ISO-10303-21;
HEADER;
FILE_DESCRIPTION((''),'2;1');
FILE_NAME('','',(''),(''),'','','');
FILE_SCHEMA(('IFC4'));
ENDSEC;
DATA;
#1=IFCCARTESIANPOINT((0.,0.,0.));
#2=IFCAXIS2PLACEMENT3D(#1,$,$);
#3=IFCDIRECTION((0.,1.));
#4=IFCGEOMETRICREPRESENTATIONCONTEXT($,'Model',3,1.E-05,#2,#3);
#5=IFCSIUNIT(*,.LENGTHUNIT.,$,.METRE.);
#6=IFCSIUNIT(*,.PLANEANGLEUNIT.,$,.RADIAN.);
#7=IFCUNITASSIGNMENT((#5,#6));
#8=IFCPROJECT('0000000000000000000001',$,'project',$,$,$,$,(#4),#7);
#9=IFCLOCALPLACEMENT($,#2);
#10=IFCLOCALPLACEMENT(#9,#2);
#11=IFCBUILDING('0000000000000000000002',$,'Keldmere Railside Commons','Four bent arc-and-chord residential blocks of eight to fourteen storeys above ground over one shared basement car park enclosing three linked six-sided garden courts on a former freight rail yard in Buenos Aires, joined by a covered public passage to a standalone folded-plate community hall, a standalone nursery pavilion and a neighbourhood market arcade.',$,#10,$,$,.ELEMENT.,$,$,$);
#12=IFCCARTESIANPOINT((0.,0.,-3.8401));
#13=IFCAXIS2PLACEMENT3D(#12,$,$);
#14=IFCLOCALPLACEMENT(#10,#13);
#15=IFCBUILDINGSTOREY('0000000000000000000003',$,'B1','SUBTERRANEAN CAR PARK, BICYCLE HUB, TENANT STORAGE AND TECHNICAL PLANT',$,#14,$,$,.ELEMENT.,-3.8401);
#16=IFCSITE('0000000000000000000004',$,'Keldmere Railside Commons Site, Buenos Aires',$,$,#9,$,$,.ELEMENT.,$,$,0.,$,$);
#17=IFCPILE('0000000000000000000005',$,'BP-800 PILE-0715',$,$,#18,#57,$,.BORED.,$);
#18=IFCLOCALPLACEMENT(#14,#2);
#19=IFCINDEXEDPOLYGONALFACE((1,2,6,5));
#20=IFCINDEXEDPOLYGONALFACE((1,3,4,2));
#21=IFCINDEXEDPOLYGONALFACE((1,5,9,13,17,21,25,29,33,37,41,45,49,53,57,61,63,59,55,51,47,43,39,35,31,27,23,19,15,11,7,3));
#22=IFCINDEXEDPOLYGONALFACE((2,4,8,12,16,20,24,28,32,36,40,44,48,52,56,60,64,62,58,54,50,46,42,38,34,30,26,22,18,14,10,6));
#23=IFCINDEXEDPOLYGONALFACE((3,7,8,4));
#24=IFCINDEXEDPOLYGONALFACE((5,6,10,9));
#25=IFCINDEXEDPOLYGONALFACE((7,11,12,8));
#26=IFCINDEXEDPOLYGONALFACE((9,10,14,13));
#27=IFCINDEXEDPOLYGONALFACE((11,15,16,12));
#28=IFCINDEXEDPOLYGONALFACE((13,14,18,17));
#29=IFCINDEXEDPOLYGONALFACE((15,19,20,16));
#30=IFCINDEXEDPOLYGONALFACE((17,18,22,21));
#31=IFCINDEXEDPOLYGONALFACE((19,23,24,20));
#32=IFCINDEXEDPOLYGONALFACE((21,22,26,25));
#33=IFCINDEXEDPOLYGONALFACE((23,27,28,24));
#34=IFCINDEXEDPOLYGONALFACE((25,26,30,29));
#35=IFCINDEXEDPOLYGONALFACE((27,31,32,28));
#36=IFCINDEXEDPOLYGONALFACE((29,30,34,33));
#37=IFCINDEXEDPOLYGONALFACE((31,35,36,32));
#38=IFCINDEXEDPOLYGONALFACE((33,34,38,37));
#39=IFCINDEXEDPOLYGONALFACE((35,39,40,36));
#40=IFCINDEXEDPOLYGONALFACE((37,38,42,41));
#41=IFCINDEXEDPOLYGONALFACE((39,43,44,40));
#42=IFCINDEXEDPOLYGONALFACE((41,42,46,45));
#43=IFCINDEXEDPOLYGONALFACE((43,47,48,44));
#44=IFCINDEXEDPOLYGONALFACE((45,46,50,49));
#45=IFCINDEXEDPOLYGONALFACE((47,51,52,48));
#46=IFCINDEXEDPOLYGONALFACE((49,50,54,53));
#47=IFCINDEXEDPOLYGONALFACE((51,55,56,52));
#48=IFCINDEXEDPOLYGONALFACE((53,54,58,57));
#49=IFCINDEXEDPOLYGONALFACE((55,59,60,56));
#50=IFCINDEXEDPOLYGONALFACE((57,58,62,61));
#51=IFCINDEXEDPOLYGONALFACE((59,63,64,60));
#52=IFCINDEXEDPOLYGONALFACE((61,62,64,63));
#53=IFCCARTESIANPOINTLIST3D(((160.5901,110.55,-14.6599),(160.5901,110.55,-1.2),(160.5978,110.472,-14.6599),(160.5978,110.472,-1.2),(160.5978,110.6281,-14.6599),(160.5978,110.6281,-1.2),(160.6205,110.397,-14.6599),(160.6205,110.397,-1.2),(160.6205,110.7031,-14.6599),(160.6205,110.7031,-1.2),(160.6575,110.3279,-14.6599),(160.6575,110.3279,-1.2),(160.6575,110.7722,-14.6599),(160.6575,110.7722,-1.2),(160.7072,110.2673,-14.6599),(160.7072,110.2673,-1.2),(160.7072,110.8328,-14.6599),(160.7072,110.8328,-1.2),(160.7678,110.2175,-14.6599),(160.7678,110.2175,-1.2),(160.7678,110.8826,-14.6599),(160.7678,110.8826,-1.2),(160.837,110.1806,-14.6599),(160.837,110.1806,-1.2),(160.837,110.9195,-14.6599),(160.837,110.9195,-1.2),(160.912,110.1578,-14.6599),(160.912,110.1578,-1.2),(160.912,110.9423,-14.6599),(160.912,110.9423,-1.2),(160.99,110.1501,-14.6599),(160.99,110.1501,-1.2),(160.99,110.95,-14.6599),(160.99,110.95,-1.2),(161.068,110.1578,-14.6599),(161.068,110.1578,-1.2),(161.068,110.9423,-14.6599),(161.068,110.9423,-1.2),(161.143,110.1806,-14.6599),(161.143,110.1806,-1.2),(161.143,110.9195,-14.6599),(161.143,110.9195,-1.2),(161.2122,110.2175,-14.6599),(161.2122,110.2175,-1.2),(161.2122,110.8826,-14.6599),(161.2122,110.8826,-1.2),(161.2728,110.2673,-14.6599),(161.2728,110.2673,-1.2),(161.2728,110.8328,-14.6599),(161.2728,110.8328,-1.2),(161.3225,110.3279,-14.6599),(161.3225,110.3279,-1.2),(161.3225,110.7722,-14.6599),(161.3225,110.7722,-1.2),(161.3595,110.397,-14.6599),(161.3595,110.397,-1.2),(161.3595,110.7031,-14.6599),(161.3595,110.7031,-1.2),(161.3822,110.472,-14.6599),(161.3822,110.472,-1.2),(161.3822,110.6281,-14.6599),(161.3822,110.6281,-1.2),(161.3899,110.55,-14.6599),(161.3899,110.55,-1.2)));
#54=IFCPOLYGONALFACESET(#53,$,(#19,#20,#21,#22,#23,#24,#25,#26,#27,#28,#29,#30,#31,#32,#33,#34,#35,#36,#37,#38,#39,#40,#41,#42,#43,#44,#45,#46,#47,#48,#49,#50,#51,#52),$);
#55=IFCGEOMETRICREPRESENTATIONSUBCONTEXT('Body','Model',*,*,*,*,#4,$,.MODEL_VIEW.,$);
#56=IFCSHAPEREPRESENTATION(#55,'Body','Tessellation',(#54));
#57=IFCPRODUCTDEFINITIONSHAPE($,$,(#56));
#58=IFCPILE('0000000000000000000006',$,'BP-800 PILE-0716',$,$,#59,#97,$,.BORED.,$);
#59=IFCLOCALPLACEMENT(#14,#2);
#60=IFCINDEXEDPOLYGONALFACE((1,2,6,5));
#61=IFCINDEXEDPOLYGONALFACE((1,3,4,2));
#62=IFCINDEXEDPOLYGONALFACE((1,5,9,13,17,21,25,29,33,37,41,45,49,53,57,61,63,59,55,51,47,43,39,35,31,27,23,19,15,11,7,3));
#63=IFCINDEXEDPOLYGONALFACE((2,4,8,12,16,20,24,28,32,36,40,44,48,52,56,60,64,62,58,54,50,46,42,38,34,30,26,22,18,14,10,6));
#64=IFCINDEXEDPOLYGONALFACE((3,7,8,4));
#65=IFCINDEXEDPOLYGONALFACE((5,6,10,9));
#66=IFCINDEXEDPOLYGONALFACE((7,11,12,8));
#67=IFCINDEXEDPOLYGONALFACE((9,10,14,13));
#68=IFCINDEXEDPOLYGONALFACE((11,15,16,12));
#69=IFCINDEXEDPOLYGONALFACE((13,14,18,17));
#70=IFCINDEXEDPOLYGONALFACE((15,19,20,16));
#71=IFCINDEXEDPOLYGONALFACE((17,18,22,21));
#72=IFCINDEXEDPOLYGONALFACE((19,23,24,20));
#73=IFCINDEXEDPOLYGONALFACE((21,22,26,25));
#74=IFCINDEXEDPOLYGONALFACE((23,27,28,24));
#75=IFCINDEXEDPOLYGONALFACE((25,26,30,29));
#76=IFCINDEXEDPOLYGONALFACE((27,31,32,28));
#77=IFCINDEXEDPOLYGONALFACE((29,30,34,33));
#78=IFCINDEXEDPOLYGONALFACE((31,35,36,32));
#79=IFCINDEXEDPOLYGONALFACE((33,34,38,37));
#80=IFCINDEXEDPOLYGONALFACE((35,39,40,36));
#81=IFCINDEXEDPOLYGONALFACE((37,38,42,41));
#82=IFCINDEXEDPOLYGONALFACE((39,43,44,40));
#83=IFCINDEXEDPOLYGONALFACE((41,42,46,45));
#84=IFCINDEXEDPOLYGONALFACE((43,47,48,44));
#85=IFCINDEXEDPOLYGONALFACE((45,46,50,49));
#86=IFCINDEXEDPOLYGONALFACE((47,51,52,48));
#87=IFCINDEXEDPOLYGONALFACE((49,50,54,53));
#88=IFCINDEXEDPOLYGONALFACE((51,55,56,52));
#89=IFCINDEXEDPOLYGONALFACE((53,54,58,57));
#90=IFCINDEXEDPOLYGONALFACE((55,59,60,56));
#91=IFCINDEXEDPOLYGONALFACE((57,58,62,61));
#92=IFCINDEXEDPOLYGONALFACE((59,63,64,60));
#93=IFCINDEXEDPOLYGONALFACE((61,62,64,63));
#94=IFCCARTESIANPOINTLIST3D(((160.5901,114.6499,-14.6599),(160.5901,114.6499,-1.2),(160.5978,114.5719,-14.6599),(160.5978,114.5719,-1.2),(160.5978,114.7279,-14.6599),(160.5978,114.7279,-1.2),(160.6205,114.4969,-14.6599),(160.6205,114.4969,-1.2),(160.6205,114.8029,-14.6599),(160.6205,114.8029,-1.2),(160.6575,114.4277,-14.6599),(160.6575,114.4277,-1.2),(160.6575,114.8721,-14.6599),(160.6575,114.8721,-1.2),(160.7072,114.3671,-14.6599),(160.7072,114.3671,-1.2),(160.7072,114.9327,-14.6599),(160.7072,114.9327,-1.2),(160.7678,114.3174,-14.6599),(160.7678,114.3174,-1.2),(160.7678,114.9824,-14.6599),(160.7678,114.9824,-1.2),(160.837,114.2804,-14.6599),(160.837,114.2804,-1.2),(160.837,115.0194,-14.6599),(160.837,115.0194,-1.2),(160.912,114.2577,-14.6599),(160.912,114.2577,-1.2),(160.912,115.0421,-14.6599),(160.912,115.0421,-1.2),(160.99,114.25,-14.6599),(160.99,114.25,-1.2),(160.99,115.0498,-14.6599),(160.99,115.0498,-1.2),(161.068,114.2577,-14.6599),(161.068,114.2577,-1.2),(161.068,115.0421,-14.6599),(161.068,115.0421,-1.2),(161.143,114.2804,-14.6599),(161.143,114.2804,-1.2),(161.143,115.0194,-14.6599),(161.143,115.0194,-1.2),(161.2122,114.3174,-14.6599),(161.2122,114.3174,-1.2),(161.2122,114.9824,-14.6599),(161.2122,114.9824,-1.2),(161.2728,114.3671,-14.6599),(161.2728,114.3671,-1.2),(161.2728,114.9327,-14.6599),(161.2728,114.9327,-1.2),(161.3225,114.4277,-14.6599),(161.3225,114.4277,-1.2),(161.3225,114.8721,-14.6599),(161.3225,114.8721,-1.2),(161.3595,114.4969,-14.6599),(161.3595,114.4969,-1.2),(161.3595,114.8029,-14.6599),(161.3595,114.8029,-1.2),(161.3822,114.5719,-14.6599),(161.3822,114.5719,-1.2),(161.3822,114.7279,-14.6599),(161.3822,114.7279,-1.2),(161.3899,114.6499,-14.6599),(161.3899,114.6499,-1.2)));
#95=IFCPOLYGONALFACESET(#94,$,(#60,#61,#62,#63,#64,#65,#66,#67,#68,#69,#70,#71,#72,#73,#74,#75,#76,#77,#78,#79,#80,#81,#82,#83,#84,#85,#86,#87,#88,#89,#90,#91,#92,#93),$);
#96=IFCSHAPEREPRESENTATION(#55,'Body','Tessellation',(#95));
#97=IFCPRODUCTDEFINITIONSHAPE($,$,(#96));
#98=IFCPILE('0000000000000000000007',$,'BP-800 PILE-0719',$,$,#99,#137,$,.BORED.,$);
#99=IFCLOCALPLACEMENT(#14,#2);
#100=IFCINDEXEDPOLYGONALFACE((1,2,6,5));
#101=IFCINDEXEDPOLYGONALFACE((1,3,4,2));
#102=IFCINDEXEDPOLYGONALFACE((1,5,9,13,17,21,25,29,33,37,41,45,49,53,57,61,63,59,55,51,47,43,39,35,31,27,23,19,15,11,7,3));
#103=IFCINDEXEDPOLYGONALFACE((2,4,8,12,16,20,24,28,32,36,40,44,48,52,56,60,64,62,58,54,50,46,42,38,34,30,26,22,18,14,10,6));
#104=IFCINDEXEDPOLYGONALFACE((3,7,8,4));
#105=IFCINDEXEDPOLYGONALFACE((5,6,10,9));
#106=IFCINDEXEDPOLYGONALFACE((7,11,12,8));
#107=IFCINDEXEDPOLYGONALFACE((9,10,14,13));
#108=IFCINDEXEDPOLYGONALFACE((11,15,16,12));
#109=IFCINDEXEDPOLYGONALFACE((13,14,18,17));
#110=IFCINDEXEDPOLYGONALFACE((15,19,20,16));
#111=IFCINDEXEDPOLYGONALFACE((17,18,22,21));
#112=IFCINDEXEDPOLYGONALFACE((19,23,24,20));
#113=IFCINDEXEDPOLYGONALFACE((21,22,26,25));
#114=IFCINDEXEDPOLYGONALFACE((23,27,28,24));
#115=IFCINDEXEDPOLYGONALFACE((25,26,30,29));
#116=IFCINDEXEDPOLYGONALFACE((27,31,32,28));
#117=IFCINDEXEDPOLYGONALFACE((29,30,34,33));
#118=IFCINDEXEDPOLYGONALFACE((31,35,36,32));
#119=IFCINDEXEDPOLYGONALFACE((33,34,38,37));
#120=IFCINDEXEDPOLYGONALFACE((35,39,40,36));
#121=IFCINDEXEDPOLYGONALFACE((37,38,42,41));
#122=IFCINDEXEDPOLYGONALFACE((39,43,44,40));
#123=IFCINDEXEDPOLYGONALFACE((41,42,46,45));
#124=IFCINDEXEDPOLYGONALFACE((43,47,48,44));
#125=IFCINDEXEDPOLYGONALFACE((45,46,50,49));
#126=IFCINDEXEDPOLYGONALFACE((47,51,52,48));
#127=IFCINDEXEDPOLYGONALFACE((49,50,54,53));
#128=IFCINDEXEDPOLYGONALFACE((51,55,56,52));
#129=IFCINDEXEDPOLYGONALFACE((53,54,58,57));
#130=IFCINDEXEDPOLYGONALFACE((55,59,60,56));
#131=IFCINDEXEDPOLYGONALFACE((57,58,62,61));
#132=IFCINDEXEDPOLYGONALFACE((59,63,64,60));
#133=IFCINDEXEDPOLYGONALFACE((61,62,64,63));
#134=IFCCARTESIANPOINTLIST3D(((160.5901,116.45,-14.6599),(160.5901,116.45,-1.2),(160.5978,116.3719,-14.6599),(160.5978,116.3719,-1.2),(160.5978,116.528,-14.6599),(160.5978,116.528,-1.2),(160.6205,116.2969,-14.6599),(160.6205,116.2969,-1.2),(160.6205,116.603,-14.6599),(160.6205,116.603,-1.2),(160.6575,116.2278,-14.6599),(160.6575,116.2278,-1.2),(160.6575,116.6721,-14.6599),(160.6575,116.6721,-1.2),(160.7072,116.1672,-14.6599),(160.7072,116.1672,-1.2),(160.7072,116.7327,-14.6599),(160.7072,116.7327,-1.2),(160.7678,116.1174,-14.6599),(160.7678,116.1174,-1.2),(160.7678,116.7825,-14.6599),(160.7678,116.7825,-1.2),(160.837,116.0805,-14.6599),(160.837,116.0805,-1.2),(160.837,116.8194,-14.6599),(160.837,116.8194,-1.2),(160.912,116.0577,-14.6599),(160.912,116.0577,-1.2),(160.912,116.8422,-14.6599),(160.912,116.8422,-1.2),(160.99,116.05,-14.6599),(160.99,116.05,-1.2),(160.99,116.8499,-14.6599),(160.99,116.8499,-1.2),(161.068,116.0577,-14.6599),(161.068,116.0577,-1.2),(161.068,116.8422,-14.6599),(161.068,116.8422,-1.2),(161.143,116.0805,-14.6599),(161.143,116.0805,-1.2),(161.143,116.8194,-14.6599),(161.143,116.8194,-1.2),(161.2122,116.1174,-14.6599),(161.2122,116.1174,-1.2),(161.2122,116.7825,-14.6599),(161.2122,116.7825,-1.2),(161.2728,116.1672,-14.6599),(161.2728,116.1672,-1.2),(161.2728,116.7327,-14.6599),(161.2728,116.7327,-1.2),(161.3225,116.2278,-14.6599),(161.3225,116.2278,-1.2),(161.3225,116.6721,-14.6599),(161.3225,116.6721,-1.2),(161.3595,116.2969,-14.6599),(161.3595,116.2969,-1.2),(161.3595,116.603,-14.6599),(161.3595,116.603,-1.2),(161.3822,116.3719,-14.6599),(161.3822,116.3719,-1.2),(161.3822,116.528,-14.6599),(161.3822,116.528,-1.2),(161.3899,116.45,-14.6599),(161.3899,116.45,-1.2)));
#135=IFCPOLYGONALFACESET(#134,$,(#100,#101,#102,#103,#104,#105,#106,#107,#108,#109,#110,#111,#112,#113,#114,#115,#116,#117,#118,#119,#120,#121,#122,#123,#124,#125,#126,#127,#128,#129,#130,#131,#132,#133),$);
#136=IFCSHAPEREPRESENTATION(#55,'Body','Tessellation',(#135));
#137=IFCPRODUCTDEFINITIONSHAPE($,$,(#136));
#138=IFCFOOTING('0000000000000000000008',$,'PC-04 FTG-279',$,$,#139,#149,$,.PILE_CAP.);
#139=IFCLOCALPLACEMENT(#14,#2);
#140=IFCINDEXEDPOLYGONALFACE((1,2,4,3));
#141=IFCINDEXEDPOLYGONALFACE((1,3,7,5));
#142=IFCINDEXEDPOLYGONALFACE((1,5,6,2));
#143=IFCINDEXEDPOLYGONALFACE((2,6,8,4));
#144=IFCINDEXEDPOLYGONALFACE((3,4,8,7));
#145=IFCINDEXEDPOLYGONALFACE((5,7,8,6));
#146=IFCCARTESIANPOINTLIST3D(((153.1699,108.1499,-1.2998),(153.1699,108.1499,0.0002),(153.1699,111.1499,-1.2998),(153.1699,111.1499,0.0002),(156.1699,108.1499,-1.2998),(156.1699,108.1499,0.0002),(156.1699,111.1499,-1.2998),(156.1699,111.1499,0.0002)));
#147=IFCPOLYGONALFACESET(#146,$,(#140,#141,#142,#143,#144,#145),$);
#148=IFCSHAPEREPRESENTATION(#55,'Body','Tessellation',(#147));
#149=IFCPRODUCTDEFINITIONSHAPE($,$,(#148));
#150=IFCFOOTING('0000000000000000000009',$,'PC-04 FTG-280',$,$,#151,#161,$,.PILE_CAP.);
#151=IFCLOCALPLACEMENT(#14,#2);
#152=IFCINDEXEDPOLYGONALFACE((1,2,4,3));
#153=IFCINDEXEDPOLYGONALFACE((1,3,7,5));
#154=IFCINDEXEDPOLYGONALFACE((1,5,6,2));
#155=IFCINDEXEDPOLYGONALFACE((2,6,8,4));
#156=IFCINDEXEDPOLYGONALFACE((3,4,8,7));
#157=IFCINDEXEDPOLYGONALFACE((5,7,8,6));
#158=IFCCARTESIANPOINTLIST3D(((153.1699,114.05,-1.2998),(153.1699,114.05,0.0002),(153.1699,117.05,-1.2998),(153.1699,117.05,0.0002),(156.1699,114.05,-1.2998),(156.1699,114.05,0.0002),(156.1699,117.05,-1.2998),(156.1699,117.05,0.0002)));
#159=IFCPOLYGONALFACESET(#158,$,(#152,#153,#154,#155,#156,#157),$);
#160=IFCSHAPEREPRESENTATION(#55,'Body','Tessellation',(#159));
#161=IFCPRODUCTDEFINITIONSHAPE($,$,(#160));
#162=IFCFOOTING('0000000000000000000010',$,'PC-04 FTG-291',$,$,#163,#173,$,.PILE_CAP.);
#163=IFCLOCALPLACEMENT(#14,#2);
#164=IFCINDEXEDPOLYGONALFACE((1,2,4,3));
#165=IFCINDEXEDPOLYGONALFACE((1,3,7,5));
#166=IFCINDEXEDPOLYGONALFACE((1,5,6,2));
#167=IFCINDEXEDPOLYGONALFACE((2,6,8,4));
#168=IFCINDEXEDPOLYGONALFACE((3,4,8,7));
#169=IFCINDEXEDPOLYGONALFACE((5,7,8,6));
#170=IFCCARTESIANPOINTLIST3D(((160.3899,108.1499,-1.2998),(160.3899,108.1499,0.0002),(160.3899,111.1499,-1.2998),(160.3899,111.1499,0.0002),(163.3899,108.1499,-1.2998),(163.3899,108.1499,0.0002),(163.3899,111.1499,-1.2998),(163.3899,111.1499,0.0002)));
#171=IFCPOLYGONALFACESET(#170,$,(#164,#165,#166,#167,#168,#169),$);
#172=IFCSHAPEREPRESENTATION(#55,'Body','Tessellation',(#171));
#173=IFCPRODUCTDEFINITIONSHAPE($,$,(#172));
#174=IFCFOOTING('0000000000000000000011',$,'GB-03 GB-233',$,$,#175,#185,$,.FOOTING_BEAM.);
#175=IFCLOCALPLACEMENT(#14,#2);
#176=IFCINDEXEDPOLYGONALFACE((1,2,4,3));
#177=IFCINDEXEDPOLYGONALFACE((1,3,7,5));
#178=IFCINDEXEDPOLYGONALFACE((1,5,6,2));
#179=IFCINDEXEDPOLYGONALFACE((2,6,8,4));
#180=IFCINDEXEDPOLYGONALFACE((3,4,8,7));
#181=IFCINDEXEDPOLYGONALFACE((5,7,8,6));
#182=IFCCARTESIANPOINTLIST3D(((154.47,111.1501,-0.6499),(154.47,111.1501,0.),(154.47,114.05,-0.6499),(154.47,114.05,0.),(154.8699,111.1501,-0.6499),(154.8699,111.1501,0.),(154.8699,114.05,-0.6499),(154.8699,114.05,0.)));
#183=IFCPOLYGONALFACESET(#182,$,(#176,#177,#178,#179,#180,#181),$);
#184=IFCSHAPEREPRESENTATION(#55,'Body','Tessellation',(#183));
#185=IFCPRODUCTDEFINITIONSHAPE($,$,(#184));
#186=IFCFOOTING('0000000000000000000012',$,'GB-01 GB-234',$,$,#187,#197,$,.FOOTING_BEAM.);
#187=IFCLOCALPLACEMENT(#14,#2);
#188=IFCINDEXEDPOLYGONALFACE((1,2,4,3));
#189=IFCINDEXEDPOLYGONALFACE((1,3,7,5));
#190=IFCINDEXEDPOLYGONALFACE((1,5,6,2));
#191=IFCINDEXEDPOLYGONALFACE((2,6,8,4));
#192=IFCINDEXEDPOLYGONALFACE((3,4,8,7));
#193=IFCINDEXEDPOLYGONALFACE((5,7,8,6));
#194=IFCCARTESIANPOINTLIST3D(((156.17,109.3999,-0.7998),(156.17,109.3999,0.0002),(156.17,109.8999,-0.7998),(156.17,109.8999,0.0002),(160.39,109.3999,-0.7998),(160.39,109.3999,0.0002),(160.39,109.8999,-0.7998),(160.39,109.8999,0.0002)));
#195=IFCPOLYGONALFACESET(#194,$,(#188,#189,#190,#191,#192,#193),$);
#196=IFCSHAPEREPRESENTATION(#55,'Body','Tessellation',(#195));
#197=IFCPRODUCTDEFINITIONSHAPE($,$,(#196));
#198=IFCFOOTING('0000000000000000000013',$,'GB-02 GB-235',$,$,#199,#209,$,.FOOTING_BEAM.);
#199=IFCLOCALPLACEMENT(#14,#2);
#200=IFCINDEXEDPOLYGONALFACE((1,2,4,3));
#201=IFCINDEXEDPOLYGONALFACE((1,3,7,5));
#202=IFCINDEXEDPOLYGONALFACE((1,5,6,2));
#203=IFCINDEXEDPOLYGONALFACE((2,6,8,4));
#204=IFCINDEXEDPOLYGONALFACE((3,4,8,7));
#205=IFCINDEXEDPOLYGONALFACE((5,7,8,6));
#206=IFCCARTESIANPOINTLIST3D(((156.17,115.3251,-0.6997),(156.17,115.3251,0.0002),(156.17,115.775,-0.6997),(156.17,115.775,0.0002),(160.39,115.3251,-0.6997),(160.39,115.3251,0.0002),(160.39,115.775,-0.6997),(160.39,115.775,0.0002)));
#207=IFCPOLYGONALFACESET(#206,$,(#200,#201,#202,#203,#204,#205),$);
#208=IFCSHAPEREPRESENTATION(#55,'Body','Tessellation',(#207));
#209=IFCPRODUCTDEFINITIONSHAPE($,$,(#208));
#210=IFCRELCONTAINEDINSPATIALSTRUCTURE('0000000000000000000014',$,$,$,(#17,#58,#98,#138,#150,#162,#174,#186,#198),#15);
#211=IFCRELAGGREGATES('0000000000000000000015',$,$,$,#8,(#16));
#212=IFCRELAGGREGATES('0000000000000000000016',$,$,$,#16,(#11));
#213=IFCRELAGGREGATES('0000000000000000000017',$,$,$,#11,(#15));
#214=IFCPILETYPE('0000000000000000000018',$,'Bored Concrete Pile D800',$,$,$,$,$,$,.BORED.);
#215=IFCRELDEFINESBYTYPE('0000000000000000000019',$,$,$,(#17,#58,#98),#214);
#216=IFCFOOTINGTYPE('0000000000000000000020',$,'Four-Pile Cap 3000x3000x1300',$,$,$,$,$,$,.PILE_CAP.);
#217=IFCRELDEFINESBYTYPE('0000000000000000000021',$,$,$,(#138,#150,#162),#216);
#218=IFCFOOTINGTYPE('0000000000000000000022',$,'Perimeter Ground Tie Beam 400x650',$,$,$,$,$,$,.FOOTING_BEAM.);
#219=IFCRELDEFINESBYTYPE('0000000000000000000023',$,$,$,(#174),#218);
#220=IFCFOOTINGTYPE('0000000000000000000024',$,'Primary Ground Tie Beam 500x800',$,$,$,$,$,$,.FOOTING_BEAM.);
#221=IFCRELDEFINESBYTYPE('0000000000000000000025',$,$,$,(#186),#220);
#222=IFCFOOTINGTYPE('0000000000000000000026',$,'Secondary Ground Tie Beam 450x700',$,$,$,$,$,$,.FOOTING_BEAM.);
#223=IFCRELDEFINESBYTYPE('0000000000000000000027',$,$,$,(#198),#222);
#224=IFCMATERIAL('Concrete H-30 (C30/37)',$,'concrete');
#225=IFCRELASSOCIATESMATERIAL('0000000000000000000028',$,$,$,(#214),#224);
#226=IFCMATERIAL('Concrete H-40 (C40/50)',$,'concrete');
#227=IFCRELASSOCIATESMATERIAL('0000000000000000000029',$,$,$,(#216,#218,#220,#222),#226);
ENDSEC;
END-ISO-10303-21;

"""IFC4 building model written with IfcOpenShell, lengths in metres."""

from ifc_helpers import new_model, si_unit, direction, frame, origin, origin_2d, place, context, subcontext, project, spatial, rectangle, circle, extrude, material, material_profile, profile_set, type_object, element, save


model = new_model("IFC4")

# Units and contexts
model_context = context("Model", 3, precision=1e-05, world=origin(), true_north=direction((0.0, 1.0)))
body_context = subcontext(model_context, "Body", "Model", "MODEL_VIEW")
ifc_project = project(units=[si_unit("LENGTHUNIT", "METRE"), si_unit("PLANEANGLEUNIT", "RADIAN")], contexts=[model_context])

# Site, building, storey
site_placement = place(None, origin())
site = spatial("IfcSite", under=ifc_project, at=site_placement, Name="Keldmere Railside Commons Site, Buenos Aires", CompositionType="ELEMENT", RefElevation=0.0)
building_placement = place(site_placement, origin())
building = spatial("IfcBuilding", under=site, at=building_placement, Name="Keldmere Railside Commons", Description="Four bent arc-and-chord residential blocks of eight to fourteen storeys above ground over one shared basement car park enclosing three linked six-sided garden courts on a former freight rail yard in Buenos Aires, joined by a covered public passage to a standalone folded-plate community hall, a standalone nursery pavilion and a neighbourhood market arcade.", CompositionType="ELEMENT")
storey_placement = place(building_placement, frame((0.0, 0.0, -3.8401)))
storey = spatial("IfcBuildingStorey", under=building, at=storey_placement, Name="B1", Description="SUBTERRANEAN CAR PARK, BICYCLE HUB, TENANT STORAGE AND TECHNICAL PLANT", CompositionType="ELEMENT", Elevation=-3.8401)

# Piles
ifc_material_1 = material(Name="Concrete H-30 (C30/37)", Category="concrete")
ifc_material_profile_1 = material_profile(ifc_material_1, circle(Radius=0.3999, at=origin_2d()), Name="PILE-D800")
ifc_profile_set_1 = profile_set([ifc_material_profile_1], Name="Concrete H-30 (C30/37)")
pile_type = type_object("IfcPileType", Name="Bored Concrete Pile D800", PredefinedType="BORED", material=ifc_profile_set_1)
for number, where, z_axis, x_axis, name in (
    (1, (160.99, 110.55, -1.2), (0.0, 0.0, -1.0), (1.0, 0.0, 0.0), "BP-800 PILE-0715"),
    (2, (160.99, 114.6499, -1.2), (0.0, 0.0, -1.0), (1.0, 0.0, 0.0), "BP-800 PILE-0716"),
    (3, (160.99, 116.45, -1.2), (0.0, 0.0, -1.0), (1.0, 0.0, 0.0), "BP-800 PILE-0719"),
):
    element("IfcPile", number, at=place(storey_placement, frame(where, z_axis=z_axis, x_axis=x_axis)), inside=storey, type_object=pile_type, Name=name, PredefinedType="BORED", context=body_context, shape_type="SweptSolid", body=[
        extrude(circle(Radius=0.3999, at=origin_2d()), origin(), (0.0, 0.0, 1.0), 13.46),
    ])

# Footings
ifc_material_2 = material(Name="Concrete H-40 (C40/50)", Category="concrete")
footing_type_1 = type_object("IfcFootingType", Name="Four-Pile Cap 3000x3000x1300", PredefinedType="PILE_CAP", material=ifc_material_2)
for number, where, z_axis, x_axis, name in (
    (4, (154.6699, 109.6499, -1.2998), (0.0, 0.0, 1.0), (1.0, 0.0, 0.0), "PC-04 FTG-279"),
    (5, (154.6699, 115.55, -1.2998), (0.0, 0.0, 1.0), (1.0, 0.0, 0.0), "PC-04 FTG-280"),
    (6, (161.8899, 109.6499, -1.2998), (0.0, 0.0, 1.0), (1.0, 0.0, 0.0), "PC-04 FTG-291"),
):
    element("IfcFooting", number, at=place(storey_placement, frame(where, z_axis=z_axis, x_axis=x_axis)), inside=storey, type_object=footing_type_1, Name=name, PredefinedType="PILE_CAP", context=body_context, shape_type="SweptSolid", body=[
        extrude(rectangle(XDim=3.0, YDim=3.0, at=origin_2d()), origin(), (0.0, 0.0, 1.0), 1.3),
    ])
footing_type_2 = type_object("IfcFootingType", Name="Perimeter Ground Tie Beam 400x650", PredefinedType="FOOTING_BEAM", material=ifc_material_2)
footing_1_placement = place(storey_placement, frame((154.6699, 112.6001, -0.6499), z_axis=(0.0, 0.0, 1.0), x_axis=(0.0, 1.0, 0.0)))
element("IfcFooting", 7, at=footing_1_placement, inside=storey, type_object=footing_type_2, Name="GB-03 GB-233", PredefinedType="FOOTING_BEAM", context=body_context, shape_type="SweptSolid", body=[
    extrude(rectangle(XDim=2.8999, YDim=0.3999, at=origin_2d()), origin(), (0.0, 0.0, 1.0), 0.6499),
])
footing_type_3 = type_object("IfcFootingType", Name="Primary Ground Tie Beam 500x800", PredefinedType="FOOTING_BEAM", material=ifc_material_2)
footing_2_placement = place(storey_placement, frame((158.28, 109.6499, -0.7998), z_axis=(0.0, 0.0, 1.0), x_axis=(1.0, 0.0, 0.0)))
element("IfcFooting", 8, at=footing_2_placement, inside=storey, type_object=footing_type_3, Name="GB-01 GB-234", PredefinedType="FOOTING_BEAM", context=body_context, shape_type="SweptSolid", body=[
    extrude(rectangle(XDim=4.22, YDim=0.5, at=origin_2d()), origin(), (0.0, 0.0, 1.0), 0.8),
])
footing_type_4 = type_object("IfcFootingType", Name="Secondary Ground Tie Beam 450x700", PredefinedType="FOOTING_BEAM", material=ifc_material_2)
footing_3_placement = place(storey_placement, frame((158.28, 115.55, -0.6997), z_axis=(0.0, 0.0, 1.0), x_axis=(1.0, 0.0, 0.0)))
element("IfcFooting", 9, at=footing_3_placement, inside=storey, type_object=footing_type_4, Name="GB-02 GB-235", PredefinedType="FOOTING_BEAM", context=body_context, shape_type="SweptSolid", body=[
    extrude(rectangle(XDim=4.22, YDim=0.45, at=origin_2d()), origin(), (0.0, 0.0, 1.0), 0.7),
])

save(model, "model.ifc")
